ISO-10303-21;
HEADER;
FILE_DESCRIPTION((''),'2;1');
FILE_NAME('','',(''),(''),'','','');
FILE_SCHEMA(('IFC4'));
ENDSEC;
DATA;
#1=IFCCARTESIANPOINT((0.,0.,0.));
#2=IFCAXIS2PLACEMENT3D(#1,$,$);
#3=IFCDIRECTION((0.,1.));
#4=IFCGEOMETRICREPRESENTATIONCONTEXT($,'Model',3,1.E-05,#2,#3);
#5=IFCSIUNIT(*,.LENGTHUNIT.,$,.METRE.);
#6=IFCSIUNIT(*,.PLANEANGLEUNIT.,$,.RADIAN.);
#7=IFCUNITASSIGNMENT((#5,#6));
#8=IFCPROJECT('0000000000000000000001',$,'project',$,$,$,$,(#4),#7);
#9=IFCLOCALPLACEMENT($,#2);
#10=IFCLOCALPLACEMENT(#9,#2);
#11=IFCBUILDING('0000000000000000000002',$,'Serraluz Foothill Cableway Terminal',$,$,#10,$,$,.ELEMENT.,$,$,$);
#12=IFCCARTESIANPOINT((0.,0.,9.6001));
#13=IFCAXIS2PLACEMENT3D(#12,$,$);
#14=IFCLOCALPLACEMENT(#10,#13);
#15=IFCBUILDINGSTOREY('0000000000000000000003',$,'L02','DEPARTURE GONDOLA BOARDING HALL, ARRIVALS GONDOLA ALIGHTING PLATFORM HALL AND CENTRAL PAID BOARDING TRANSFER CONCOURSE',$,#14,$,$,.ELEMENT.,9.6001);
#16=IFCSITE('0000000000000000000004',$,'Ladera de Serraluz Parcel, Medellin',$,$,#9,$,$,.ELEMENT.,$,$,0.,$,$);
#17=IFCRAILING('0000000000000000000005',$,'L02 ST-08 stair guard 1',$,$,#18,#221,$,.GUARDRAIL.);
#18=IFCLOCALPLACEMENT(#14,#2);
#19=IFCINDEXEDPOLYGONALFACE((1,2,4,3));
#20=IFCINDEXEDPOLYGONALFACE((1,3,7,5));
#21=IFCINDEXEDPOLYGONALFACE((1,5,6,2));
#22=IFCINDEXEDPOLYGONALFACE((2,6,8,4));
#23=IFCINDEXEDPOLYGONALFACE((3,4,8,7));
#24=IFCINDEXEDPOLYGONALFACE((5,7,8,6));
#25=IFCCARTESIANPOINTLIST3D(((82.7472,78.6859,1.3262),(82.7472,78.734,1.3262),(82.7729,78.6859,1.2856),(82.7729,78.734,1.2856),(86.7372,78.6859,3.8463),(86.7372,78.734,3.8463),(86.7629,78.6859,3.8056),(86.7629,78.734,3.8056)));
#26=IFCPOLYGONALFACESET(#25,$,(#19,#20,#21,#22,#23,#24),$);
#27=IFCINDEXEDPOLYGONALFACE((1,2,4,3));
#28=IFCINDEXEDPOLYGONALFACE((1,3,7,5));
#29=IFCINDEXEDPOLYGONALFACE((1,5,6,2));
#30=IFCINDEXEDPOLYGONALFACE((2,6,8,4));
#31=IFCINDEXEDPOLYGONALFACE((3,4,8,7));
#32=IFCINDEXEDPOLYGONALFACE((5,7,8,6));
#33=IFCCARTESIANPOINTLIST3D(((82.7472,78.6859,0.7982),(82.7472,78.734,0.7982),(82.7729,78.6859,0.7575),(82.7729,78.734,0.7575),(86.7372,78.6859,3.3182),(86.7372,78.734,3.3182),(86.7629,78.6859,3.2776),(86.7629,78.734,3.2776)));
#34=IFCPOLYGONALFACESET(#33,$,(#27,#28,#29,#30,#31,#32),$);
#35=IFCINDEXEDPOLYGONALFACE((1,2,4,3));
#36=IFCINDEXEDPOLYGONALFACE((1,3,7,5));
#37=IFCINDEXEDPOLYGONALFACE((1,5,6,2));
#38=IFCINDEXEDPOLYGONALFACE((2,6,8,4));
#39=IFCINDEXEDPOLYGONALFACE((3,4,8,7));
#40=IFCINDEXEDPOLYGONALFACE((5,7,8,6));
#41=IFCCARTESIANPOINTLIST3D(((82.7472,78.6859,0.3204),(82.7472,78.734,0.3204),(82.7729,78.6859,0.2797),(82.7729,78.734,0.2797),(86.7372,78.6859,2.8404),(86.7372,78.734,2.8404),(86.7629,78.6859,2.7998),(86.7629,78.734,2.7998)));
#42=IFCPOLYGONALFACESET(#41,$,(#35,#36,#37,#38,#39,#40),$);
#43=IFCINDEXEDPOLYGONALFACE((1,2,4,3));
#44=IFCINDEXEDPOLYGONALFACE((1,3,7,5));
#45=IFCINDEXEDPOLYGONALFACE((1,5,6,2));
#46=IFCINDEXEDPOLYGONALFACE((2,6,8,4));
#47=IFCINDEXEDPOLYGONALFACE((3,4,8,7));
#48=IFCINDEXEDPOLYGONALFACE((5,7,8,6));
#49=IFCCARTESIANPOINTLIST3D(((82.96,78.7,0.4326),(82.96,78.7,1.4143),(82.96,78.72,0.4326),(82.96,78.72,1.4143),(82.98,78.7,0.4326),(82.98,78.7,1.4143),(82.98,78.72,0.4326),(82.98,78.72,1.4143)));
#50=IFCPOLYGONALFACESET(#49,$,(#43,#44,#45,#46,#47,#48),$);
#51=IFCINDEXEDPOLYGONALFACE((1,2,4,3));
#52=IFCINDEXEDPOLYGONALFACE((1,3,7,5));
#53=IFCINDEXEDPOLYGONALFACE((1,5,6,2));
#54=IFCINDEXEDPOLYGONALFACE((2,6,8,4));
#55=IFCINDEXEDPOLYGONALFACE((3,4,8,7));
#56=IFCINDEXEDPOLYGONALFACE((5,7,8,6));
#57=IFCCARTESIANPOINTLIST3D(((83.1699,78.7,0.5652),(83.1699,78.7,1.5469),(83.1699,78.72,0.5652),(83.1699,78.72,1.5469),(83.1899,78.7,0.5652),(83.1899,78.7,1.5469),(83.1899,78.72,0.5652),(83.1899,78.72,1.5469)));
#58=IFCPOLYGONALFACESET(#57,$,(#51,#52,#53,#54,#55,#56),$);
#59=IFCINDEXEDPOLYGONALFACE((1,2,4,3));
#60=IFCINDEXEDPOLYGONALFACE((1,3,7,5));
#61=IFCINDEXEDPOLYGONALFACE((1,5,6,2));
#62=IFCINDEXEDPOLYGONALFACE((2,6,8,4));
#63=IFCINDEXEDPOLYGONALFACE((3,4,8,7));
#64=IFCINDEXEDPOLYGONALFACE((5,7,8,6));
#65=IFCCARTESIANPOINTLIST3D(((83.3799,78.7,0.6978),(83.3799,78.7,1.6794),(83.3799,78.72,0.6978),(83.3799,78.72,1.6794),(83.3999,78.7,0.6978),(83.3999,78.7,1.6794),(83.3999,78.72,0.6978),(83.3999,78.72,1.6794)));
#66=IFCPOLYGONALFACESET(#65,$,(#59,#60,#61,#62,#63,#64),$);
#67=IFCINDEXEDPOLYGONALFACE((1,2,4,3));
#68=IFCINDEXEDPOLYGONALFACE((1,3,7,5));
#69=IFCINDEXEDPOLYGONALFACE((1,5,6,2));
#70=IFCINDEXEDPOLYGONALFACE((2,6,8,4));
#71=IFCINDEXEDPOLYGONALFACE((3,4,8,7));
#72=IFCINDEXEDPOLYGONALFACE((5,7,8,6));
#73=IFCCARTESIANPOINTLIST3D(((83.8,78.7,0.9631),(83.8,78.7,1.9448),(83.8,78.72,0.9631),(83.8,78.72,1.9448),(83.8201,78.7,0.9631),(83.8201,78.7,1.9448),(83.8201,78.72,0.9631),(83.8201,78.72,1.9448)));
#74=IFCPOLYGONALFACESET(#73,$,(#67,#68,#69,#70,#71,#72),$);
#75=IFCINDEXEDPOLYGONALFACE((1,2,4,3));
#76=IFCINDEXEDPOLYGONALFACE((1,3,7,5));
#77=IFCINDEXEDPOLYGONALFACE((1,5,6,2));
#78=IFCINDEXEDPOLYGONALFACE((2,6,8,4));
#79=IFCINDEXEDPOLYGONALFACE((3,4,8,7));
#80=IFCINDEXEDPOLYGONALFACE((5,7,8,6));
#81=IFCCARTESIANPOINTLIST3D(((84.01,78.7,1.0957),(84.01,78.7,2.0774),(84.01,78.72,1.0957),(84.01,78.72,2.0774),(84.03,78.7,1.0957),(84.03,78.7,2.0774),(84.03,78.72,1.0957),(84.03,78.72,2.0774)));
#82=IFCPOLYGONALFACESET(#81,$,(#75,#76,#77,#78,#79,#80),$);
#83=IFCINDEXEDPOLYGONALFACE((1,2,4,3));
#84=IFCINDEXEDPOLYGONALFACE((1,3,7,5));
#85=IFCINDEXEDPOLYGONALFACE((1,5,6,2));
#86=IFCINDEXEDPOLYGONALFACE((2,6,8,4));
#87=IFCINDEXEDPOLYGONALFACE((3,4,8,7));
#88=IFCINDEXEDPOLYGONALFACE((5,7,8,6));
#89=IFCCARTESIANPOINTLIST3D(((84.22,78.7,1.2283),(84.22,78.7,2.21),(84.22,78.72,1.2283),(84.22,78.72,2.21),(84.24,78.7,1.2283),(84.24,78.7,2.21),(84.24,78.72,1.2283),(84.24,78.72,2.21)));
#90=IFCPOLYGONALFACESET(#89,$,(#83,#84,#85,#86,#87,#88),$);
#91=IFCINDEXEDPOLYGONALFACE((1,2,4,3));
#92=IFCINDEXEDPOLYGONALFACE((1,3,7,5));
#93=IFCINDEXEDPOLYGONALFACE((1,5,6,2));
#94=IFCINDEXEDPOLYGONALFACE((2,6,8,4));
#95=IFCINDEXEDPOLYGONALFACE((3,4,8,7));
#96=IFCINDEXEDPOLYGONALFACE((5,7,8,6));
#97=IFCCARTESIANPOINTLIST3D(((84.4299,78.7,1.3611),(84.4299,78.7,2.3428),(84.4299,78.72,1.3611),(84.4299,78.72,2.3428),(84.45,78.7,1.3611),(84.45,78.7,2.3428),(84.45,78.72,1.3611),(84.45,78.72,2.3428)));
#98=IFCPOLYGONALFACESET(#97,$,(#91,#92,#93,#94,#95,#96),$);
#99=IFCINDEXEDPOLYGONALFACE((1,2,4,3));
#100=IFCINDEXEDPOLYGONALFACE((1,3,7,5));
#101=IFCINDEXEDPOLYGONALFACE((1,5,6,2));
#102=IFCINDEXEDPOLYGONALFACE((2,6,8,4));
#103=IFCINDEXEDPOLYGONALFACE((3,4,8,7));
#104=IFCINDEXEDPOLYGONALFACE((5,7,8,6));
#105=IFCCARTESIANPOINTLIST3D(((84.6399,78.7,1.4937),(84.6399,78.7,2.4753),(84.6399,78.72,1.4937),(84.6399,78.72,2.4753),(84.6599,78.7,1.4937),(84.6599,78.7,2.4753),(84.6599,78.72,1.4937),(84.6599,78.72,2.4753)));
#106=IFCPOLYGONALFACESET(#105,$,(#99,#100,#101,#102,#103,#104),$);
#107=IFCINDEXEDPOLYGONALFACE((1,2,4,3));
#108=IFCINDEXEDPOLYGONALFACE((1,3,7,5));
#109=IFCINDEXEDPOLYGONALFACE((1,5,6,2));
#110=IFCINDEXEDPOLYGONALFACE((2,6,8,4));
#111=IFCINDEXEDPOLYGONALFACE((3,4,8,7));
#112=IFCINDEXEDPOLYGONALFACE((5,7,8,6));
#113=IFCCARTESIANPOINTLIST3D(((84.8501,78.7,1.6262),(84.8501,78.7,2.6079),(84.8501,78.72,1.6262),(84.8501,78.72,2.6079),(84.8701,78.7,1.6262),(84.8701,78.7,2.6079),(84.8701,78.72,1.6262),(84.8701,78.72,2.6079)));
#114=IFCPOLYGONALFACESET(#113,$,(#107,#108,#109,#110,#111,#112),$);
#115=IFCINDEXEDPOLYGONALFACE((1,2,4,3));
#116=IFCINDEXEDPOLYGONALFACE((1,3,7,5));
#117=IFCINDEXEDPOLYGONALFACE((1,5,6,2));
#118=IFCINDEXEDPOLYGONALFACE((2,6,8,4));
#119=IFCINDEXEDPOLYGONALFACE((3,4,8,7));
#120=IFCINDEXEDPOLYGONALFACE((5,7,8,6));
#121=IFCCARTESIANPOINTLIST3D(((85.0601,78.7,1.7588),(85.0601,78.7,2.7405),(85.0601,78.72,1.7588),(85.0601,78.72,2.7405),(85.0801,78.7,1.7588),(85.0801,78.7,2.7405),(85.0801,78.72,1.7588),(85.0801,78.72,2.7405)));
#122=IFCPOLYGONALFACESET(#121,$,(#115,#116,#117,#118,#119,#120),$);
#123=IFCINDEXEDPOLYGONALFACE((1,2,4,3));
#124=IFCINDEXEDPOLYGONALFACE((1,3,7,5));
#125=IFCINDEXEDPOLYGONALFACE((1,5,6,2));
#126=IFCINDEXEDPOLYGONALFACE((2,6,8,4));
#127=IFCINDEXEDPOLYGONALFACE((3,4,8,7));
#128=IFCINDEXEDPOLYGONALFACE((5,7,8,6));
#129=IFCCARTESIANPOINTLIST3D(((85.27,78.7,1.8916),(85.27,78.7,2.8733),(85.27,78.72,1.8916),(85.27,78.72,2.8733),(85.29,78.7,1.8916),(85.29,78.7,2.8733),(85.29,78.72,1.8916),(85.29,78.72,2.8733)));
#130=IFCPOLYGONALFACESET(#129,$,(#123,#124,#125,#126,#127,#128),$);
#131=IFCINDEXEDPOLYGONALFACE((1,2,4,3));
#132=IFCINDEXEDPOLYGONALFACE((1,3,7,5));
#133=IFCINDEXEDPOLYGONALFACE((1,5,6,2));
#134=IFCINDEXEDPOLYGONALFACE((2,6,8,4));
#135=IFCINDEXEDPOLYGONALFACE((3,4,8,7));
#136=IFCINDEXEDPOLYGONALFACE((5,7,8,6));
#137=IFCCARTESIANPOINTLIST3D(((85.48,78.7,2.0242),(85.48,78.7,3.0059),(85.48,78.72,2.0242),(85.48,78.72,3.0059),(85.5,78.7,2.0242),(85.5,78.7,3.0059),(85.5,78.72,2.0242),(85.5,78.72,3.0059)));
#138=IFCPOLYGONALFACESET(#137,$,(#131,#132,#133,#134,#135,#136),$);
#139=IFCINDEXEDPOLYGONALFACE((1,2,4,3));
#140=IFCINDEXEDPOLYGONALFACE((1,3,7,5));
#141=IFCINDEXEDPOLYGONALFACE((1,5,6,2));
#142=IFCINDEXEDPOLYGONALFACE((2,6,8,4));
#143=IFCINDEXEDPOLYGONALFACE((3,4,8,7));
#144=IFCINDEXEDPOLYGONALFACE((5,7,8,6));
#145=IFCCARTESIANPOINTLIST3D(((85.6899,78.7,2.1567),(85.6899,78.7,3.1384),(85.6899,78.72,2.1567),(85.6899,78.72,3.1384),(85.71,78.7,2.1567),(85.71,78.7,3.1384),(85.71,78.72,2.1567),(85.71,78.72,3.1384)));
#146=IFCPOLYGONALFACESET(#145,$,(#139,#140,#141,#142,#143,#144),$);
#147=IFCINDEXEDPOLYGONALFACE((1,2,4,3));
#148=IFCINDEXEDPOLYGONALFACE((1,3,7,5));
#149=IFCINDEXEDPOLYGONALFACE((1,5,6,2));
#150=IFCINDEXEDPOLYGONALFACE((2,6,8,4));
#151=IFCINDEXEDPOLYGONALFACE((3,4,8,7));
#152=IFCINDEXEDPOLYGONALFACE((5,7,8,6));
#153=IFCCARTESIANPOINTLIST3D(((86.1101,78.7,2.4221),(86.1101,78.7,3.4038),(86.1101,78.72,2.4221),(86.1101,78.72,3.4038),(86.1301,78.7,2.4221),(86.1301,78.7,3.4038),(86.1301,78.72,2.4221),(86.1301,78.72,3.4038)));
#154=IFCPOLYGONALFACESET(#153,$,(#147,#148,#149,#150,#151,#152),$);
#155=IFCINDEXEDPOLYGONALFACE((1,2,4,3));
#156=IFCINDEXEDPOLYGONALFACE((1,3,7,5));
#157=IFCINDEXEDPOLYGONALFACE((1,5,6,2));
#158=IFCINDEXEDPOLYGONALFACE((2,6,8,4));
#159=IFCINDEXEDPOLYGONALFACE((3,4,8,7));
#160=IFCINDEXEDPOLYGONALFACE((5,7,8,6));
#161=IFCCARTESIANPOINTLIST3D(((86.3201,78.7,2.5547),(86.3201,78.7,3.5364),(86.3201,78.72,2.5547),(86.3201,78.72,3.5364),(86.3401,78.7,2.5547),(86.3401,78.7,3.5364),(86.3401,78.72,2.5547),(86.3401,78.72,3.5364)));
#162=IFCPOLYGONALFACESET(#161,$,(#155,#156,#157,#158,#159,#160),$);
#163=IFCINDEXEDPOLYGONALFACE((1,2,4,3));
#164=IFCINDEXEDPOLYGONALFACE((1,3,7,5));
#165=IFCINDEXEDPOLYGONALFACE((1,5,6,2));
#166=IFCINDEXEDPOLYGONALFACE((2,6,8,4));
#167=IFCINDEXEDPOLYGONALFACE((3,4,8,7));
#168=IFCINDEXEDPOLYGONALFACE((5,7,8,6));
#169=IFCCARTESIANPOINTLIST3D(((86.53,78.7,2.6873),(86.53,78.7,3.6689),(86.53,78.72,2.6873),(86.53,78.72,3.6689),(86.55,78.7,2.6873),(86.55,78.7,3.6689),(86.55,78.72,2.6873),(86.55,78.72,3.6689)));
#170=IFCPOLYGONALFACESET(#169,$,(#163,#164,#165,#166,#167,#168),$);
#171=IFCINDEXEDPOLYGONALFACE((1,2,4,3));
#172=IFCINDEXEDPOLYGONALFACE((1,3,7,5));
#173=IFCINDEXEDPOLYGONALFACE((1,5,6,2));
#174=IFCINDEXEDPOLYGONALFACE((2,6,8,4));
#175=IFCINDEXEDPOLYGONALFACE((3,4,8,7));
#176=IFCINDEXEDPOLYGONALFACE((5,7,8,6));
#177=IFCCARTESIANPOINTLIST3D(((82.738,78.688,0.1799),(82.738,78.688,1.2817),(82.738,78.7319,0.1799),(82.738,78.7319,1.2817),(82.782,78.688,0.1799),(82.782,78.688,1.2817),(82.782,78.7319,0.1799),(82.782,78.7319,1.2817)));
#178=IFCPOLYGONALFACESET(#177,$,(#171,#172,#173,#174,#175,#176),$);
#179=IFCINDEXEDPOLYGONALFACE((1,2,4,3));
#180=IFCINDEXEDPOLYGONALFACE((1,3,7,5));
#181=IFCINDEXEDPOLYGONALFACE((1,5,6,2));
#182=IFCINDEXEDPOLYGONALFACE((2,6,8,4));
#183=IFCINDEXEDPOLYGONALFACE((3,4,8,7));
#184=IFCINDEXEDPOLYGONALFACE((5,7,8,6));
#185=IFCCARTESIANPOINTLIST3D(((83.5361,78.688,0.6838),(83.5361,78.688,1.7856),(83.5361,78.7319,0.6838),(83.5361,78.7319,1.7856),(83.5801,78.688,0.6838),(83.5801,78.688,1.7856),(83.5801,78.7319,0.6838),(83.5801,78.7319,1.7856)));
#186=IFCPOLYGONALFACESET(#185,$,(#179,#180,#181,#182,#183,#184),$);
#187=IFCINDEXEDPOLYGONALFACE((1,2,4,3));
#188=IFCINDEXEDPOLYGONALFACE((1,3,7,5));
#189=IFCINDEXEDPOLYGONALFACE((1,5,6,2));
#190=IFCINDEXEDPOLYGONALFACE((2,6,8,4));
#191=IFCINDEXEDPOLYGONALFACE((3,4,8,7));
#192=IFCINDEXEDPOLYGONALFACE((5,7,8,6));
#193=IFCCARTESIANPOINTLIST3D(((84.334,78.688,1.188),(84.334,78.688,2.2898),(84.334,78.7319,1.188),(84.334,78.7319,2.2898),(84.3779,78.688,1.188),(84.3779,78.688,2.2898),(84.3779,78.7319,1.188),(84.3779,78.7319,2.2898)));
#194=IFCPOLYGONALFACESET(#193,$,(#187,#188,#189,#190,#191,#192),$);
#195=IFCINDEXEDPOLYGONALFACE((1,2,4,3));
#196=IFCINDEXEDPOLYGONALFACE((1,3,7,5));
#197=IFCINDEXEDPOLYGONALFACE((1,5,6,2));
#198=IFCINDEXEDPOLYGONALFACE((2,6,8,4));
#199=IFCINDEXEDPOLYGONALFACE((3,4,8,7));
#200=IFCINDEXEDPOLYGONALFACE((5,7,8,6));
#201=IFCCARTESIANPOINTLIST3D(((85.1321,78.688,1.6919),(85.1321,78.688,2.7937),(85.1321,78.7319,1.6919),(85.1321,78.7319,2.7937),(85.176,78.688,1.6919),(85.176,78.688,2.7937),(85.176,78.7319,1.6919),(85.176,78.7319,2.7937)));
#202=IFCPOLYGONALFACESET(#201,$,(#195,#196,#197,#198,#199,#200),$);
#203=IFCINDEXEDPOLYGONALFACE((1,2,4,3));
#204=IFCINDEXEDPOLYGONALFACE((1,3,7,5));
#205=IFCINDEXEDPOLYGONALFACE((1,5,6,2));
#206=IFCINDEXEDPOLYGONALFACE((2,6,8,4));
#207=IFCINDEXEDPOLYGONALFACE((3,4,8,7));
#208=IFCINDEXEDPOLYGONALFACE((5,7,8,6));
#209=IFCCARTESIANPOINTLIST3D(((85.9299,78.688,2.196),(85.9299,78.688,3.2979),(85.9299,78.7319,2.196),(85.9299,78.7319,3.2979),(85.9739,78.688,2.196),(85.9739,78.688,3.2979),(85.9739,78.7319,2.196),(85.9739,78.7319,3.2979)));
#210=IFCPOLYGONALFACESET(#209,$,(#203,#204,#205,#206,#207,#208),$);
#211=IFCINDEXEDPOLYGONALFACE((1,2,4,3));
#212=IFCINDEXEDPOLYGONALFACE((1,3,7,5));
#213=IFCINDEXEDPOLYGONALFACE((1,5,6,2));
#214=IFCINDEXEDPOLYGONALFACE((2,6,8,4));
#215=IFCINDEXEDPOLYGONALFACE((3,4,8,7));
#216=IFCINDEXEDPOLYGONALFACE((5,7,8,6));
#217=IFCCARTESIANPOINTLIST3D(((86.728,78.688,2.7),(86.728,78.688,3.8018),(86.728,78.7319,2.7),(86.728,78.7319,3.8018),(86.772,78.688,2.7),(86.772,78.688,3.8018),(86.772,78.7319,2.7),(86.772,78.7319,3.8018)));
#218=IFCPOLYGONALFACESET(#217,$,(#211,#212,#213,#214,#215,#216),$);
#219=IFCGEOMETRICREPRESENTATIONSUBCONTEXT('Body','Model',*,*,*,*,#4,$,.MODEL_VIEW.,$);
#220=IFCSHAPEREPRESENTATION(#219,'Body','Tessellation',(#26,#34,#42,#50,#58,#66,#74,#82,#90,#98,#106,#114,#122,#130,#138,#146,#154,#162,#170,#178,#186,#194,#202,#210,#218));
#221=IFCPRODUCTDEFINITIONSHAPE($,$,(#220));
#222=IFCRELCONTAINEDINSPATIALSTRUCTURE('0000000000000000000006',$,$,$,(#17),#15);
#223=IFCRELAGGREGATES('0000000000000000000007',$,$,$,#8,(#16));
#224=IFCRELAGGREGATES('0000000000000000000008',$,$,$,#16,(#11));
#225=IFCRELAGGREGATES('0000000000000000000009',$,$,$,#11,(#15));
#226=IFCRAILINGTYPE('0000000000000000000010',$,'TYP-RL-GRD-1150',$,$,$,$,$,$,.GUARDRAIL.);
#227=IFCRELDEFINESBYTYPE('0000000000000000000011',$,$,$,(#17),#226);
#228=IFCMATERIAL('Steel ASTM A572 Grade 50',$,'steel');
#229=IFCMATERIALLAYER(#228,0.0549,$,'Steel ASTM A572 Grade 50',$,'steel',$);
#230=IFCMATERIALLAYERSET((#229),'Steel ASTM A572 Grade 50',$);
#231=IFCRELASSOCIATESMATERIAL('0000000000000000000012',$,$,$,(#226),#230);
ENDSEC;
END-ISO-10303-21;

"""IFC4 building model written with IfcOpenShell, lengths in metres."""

from ifc_helpers import new_model, si_unit, direction, frame, origin, origin_2d, place, context, subcontext, project, spatial, rectangle, extrude, material, layer, layer_set, type_object, element, save


model = new_model("IFC4")

# Units and contexts
model_context = context("Model", 3, precision=1e-05, world=origin(), true_north=direction((0.0, 1.0)))
body_context = subcontext(model_context, "Body", "Model", "MODEL_VIEW")
ifc_project = project(units=[si_unit("LENGTHUNIT", "METRE"), si_unit("PLANEANGLEUNIT", "RADIAN")], contexts=[model_context])

# Site, building, storey
site_placement = place(None, origin())
site = spatial("IfcSite", under=ifc_project, at=site_placement, Name="Ladera de Serraluz Parcel, Medellin", CompositionType="ELEMENT", RefElevation=0.0)
building_placement = place(site_placement, origin())
building = spatial("IfcBuilding", under=site, at=building_placement, Name="Serraluz Foothill Cableway Terminal", CompositionType="ELEMENT")
storey_placement = place(building_placement, frame((0.0, 0.0, 9.6001)))
storey = spatial("IfcBuildingStorey", under=building, at=storey_placement, Name="L02", Description="DEPARTURE GONDOLA BOARDING HALL, ARRIVALS GONDOLA ALIGHTING PLATFORM HALL AND CENTRAL PAID BOARDING TRANSFER CONCOURSE", CompositionType="ELEMENT", Elevation=9.6001)

# Railing
ifc_material_1 = material(Name="Steel ASTM A572 Grade 50", Category="steel")
ifc_layer_1 = layer(ifc_material_1, 0.0549, Name="Steel ASTM A572 Grade 50", Category="steel")
ifc_layer_set_1 = layer_set([ifc_layer_1], Name="Steel ASTM A572 Grade 50")
railing_type_1 = type_object("IfcRailingType", Name="TYP-RL-GRD-1150", PredefinedType="GUARDRAIL", material=ifc_layer_set_1)
railing_1_placement = place(storey_placement, frame((82.76, 78.71, 0.1799)))
element("IfcRailing", 1, at=railing_1_placement, inside=storey, type_object=railing_type_1, Name="L02 ST-08 stair guard 1", PredefinedType="GUARDRAIL", context=body_context, shape_type="SweptSolid", body=[
    extrude(rectangle(XDim=0.0481, YDim=0.0481, at=origin_2d()), frame((0.0, 0.0, 1.126), z_axis=(0.845486, 0.0, 0.533997), x_axis=(0.0, 1.0, 0.0)), (0.0, 0.0, 1.0), 4.7192),
    extrude(rectangle(XDim=0.0481, YDim=0.0481, at=origin_2d()), frame((0.0, 0.0, 0.5979), z_axis=(0.845486, 0.0, 0.533997), x_axis=(0.0, 1.0, 0.0)), (0.0, 0.0, 1.0), 4.7192),
    extrude(rectangle(XDim=0.0481, YDim=0.0481, at=origin_2d()), frame((0.0, 0.0, 0.1201), z_axis=(0.845486, 0.0, 0.533997), x_axis=(0.0, 1.0, 0.0)), (0.0, 0.0, 1.0), 4.7192),
    extrude(rectangle(XDim=0.02, YDim=0.02, at=origin_2d()), frame((0.21, 0.0, 0.2527)), (0.0, 0.0, 1.0), 0.9817),
    extrude(rectangle(XDim=0.02, YDim=0.02, at=origin_2d()), frame((0.4199, 0.0, 0.3853)), (0.0, 0.0, 1.0), 0.9817),
    extrude(rectangle(XDim=0.02, YDim=0.02, at=origin_2d()), frame((0.6299, 0.0, 0.5178)), (0.0, 0.0, 1.0), 0.9817),
    extrude(rectangle(XDim=0.02, YDim=0.02, at=origin_2d()), frame((1.05, 0.0, 0.7832)), (0.0, 0.0, 1.0), 0.9817),
    extrude(rectangle(XDim=0.02, YDim=0.02, at=origin_2d()), frame((1.26, 0.0, 0.9158)), (0.0, 0.0, 1.0), 0.9817),
    extrude(rectangle(XDim=0.02, YDim=0.02, at=origin_2d()), frame((1.47, 0.0, 1.0483)), (0.0, 0.0, 1.0), 0.9817),
    extrude(rectangle(XDim=0.02, YDim=0.02, at=origin_2d()), frame((1.6799, 0.0, 1.1812)), (0.0, 0.0, 1.0), 0.9817),
    extrude(rectangle(XDim=0.02, YDim=0.02, at=origin_2d()), frame((1.8899, 0.0, 1.3137)), (0.0, 0.0, 1.0), 0.9817),
    extrude(rectangle(XDim=0.02, YDim=0.02, at=origin_2d()), frame((2.1001, 0.0, 1.4463)), (0.0, 0.0, 1.0), 0.9817),
    extrude(rectangle(XDim=0.02, YDim=0.02, at=origin_2d()), frame((2.3101, 0.0, 1.5789)), (0.0, 0.0, 1.0), 0.9817),
    extrude(rectangle(XDim=0.02, YDim=0.02, at=origin_2d()), frame((2.52, 0.0, 1.7117)), (0.0, 0.0, 1.0), 0.9817),
    extrude(rectangle(XDim=0.02, YDim=0.02, at=origin_2d()), frame((2.73, 0.0, 1.8442)), (0.0, 0.0, 1.0), 0.9817),
    extrude(rectangle(XDim=0.02, YDim=0.02, at=origin_2d()), frame((2.9399, 0.0, 1.9768)), (0.0, 0.0, 1.0), 0.9817),
    extrude(rectangle(XDim=0.02, YDim=0.02, at=origin_2d()), frame((3.3601, 0.0, 2.2422)), (0.0, 0.0, 1.0), 0.9817),
    extrude(rectangle(XDim=0.02, YDim=0.02, at=origin_2d()), frame((3.5701, 0.0, 2.3748)), (0.0, 0.0, 1.0), 0.9817),
    extrude(rectangle(XDim=0.02, YDim=0.02, at=origin_2d()), frame((3.78, 0.0, 2.5073)), (0.0, 0.0, 1.0), 0.9817),
    extrude(rectangle(XDim=0.0439, YDim=0.0439, at=origin_2d()), origin(), (0.0, 0.0, 1.0), 1.1018),
    extrude(rectangle(XDim=0.0439, YDim=0.0439, at=origin_2d()), frame((0.7981, 0.0, 0.5039)), (0.0, 0.0, 1.0), 1.1018),
    extrude(rectangle(XDim=0.0439, YDim=0.0439, at=origin_2d()), frame((1.5959, 0.0, 1.0081)), (0.0, 0.0, 1.0), 1.1018),
    extrude(rectangle(XDim=0.0439, YDim=0.0439, at=origin_2d()), frame((2.394, 0.0, 1.512)), (0.0, 0.0, 1.0), 1.1018),
    extrude(rectangle(XDim=0.0439, YDim=0.0439, at=origin_2d()), frame((3.1919, 0.0, 2.0161)), (0.0, 0.0, 1.0), 1.1018),
    extrude(rectangle(XDim=0.0439, YDim=0.0439, at=origin_2d()), frame((3.99, 0.0, 2.52)), (0.0, 0.0, 1.0), 1.1018),
])

save(model, "model.ifc")
